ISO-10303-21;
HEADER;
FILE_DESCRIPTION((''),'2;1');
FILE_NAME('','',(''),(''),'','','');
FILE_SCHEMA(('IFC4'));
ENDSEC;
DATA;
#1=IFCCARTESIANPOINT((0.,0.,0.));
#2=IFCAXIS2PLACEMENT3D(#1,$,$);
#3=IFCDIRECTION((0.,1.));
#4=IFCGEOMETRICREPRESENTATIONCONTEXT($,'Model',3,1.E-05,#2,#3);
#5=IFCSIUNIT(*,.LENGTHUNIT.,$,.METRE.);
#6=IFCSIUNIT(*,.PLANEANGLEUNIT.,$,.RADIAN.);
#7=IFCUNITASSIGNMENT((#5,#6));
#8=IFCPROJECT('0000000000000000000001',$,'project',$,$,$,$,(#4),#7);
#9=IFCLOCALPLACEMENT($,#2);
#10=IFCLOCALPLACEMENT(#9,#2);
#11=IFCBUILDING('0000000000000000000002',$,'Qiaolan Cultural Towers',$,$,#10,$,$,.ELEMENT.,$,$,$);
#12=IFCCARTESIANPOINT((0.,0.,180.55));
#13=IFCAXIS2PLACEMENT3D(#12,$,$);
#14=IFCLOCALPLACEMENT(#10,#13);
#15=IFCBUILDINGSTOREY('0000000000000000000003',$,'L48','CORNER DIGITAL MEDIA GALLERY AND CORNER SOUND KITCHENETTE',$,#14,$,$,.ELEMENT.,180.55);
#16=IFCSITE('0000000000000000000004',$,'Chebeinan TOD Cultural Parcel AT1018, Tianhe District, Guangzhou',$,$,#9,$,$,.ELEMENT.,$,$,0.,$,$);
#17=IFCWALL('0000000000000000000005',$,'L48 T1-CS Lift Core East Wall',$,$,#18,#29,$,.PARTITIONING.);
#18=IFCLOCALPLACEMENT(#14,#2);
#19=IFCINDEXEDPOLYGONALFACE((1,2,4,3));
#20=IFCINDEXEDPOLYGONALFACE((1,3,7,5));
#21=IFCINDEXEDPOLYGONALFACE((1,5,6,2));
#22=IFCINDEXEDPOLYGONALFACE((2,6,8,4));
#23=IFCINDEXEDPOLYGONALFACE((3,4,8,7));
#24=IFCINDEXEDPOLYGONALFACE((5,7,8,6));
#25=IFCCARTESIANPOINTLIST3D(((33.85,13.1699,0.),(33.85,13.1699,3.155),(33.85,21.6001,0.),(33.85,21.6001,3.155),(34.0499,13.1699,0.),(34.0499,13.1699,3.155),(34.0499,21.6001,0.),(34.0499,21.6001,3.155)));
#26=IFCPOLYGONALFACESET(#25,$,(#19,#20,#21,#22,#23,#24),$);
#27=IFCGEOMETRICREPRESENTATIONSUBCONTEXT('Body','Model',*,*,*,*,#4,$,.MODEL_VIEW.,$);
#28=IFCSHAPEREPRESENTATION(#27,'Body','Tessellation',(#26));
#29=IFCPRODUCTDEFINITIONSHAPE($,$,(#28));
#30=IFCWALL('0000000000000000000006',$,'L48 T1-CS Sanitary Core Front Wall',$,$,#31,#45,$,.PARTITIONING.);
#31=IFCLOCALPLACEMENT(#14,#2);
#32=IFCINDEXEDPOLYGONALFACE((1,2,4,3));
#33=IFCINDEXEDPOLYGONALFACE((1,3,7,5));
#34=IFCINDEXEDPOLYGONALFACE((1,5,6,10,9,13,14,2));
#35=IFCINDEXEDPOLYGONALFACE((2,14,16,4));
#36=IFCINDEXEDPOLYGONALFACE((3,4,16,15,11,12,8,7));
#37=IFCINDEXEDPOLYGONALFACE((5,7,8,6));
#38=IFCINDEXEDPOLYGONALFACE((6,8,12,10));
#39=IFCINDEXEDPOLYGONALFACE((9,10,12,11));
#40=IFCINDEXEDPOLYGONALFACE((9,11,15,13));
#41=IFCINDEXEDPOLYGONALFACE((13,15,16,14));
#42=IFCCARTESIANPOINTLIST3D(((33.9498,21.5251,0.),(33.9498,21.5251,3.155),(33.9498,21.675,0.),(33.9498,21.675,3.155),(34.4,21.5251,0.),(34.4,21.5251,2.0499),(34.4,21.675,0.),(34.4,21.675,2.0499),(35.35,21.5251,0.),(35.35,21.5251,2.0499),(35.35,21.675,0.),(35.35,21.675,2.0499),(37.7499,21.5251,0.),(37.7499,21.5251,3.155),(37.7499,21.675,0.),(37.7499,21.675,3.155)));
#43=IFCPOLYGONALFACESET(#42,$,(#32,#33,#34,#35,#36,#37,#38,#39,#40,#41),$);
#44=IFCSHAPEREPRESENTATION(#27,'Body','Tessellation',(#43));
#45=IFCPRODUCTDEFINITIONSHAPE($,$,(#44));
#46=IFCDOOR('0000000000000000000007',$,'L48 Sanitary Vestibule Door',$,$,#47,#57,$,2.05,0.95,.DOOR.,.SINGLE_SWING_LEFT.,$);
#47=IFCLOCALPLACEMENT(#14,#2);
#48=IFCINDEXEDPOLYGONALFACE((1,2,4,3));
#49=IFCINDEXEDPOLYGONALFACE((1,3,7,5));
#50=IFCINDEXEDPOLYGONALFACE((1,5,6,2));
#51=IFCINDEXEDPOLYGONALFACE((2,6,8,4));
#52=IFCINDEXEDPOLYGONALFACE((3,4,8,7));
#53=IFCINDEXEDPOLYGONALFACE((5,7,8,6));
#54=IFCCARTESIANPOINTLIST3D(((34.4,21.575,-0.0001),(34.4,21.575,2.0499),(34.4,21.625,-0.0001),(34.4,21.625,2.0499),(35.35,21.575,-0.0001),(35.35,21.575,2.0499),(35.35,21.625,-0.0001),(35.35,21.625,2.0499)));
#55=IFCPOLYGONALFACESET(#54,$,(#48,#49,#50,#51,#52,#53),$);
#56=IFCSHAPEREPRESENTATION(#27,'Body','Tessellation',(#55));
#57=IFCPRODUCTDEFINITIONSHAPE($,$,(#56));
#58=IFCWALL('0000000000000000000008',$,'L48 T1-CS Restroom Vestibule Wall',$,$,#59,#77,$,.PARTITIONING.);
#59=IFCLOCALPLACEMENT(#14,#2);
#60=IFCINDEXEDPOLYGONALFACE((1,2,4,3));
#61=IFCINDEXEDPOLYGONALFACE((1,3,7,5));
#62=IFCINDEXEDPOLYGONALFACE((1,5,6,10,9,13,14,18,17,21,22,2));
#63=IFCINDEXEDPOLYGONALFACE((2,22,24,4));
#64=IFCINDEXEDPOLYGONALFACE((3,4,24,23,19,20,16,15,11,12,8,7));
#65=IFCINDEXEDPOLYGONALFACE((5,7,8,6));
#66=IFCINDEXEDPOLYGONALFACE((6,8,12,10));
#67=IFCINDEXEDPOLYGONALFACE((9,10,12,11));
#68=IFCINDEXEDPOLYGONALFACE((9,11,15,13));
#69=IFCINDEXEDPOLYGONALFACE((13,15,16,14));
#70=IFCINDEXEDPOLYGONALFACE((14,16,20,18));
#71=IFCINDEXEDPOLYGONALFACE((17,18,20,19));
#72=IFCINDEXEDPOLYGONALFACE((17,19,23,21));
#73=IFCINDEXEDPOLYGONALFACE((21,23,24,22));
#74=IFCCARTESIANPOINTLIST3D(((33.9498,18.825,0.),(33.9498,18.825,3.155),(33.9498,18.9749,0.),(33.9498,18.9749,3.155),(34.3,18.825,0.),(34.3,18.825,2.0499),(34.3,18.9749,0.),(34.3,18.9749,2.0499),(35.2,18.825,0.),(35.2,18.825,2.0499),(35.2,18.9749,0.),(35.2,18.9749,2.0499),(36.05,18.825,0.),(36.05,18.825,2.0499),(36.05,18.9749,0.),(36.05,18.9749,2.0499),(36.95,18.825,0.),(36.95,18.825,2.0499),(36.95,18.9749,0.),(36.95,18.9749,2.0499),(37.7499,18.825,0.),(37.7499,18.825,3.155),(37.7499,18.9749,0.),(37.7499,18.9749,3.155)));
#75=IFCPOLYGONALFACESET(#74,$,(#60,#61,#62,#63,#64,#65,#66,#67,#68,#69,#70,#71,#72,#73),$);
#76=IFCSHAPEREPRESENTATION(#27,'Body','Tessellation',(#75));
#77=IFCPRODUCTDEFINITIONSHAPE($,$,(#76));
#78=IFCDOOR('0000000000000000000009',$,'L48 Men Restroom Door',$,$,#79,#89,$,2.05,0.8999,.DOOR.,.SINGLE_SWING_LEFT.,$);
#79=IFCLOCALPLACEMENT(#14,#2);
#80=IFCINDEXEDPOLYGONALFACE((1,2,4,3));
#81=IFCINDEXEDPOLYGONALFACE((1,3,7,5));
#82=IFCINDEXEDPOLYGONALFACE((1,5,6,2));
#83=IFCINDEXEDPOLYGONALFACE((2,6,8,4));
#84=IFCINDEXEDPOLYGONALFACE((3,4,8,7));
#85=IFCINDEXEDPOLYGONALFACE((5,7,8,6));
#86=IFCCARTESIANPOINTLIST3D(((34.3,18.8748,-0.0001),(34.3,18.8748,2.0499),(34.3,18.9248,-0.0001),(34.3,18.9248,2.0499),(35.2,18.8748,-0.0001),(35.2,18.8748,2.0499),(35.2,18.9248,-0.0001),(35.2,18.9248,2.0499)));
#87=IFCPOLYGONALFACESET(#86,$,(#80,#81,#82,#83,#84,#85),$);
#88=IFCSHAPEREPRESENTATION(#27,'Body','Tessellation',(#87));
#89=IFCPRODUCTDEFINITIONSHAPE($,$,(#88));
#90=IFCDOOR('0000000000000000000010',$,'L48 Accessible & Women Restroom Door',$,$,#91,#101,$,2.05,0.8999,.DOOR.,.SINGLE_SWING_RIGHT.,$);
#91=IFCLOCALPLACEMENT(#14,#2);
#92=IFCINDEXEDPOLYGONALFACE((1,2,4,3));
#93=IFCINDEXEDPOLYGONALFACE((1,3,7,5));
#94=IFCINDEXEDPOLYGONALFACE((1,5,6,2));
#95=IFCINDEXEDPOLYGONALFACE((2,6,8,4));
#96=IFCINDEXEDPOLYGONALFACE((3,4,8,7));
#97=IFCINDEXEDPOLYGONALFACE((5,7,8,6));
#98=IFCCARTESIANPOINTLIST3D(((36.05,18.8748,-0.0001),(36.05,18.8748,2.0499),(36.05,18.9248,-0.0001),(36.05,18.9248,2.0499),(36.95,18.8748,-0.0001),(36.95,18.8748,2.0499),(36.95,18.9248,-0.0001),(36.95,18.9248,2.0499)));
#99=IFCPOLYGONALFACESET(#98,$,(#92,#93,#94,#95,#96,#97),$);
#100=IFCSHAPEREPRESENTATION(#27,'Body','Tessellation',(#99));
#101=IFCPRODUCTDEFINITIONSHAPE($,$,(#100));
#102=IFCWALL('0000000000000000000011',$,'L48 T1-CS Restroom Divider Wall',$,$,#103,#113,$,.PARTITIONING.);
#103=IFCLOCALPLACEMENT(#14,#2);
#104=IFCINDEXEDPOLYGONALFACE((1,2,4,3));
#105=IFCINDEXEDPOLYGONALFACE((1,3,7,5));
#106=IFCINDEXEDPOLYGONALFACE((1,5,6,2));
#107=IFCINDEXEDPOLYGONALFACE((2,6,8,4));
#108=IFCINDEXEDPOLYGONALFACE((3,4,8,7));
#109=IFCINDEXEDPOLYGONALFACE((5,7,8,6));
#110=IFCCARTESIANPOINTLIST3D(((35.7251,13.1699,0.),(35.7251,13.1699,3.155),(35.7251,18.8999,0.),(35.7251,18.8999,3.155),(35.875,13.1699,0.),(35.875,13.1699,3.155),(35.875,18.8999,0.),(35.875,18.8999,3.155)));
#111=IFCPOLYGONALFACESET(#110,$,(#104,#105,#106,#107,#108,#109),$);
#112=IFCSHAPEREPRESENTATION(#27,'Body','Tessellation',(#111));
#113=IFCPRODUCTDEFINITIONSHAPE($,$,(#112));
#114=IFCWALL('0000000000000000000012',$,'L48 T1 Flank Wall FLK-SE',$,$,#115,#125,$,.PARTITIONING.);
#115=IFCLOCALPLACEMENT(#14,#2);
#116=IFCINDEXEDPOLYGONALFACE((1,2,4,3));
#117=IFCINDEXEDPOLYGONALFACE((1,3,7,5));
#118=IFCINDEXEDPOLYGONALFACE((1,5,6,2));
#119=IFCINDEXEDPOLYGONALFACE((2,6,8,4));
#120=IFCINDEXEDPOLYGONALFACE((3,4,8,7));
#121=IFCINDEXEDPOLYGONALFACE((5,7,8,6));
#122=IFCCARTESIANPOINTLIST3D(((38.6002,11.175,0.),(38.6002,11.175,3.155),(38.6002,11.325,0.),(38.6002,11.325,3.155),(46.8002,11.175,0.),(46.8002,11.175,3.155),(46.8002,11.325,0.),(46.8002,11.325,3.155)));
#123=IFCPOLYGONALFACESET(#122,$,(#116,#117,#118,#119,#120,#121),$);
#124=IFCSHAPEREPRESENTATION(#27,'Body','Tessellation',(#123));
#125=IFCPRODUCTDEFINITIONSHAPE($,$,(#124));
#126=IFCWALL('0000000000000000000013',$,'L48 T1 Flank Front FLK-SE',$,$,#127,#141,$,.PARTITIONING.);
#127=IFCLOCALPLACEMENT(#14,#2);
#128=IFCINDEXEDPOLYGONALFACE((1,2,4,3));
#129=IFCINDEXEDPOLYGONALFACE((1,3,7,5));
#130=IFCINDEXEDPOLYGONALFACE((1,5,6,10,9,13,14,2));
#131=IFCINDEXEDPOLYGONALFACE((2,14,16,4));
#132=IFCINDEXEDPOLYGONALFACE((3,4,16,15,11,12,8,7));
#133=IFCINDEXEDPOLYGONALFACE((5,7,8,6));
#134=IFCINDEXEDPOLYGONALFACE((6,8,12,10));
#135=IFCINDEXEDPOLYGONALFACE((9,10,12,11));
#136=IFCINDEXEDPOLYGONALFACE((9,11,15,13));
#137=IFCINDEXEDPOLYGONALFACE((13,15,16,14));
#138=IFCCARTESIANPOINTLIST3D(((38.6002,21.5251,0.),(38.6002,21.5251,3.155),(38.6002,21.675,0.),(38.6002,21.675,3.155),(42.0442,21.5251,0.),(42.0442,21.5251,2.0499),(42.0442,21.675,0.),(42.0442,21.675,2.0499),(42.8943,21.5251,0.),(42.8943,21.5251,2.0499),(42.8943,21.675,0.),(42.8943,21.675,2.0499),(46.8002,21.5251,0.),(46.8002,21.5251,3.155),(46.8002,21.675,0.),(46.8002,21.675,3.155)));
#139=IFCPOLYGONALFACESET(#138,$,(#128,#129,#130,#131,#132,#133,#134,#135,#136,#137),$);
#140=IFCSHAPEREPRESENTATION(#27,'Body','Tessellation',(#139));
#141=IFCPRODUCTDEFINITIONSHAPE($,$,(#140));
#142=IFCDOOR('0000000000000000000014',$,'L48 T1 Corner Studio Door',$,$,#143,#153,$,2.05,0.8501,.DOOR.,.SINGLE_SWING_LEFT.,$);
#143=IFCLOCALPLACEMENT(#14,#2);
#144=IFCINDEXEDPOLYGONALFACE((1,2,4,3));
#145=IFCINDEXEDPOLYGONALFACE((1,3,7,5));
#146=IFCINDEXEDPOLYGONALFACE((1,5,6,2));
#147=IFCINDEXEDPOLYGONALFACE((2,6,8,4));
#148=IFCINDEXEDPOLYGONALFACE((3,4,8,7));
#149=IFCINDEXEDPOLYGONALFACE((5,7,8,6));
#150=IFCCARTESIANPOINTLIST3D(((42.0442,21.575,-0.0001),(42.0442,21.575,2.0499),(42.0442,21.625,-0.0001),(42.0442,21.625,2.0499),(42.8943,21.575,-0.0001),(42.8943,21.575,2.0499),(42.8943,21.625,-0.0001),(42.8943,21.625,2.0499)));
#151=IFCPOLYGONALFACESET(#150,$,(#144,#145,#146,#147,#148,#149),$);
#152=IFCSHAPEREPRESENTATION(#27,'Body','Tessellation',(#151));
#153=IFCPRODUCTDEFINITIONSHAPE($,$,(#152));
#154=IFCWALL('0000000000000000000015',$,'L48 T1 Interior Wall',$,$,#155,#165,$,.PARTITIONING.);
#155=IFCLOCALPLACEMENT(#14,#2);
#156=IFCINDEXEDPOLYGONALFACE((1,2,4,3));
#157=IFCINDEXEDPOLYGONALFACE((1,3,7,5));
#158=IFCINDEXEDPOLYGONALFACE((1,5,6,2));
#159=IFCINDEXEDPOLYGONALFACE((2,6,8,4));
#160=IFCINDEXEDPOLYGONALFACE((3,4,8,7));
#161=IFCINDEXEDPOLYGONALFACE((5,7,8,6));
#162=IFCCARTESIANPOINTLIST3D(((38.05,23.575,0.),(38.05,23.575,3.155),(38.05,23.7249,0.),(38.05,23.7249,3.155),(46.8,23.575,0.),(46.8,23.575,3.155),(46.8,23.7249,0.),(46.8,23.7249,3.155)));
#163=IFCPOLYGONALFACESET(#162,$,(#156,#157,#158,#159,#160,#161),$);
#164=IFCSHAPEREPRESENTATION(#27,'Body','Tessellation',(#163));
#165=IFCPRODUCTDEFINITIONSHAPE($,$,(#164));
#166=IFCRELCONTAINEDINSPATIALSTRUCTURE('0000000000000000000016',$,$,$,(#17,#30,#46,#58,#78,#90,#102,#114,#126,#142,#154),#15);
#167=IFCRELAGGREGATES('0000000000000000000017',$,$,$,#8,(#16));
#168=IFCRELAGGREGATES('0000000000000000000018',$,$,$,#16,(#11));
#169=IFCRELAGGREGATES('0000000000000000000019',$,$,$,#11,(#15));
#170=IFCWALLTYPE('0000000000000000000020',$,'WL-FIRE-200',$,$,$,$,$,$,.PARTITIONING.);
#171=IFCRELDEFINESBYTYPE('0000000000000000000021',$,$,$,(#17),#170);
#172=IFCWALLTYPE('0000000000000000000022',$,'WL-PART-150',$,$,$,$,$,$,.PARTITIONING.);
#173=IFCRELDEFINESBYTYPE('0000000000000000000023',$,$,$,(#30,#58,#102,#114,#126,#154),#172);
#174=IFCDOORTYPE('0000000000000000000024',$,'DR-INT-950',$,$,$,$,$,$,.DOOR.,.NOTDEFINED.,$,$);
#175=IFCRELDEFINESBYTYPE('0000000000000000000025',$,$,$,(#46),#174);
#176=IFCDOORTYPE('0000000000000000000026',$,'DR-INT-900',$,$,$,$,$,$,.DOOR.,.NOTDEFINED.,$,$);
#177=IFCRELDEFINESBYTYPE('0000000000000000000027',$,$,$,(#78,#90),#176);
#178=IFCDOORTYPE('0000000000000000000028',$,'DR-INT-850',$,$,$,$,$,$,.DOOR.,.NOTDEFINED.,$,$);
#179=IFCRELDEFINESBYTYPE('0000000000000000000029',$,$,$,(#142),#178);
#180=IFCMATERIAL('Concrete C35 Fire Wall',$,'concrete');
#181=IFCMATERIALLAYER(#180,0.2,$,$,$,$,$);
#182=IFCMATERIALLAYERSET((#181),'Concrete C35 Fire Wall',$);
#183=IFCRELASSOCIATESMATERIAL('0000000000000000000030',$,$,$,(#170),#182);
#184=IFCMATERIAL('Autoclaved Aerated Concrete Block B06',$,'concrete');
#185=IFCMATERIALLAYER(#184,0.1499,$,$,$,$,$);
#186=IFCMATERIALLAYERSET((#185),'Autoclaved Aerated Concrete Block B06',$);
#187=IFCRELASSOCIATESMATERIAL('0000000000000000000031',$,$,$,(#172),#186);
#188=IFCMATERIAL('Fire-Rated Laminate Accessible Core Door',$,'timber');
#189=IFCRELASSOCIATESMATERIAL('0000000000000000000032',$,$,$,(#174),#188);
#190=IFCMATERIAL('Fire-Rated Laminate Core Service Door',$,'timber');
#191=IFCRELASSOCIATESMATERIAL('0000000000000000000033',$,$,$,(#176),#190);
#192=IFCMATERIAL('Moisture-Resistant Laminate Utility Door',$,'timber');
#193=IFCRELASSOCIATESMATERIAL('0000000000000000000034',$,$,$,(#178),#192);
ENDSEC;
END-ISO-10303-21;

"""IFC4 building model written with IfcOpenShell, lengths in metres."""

from ifc_helpers import new_model, si_unit, direction, frame, frame_2d, origin, place, context, subcontext, project, spatial, rectangle, extrude, material, layer, layer_set, type_object, element, fill, save


model = new_model("IFC4")

# Units and contexts
model_context = context("Model", 3, precision=1e-05, world=origin(), true_north=direction((0.0, 1.0)))
body_context = subcontext(model_context, "Body", "Model", "MODEL_VIEW")
ifc_project = project(units=[si_unit("LENGTHUNIT", "METRE"), si_unit("PLANEANGLEUNIT", "RADIAN")], contexts=[model_context])

# Site, building, storey
site_placement = place(None, origin())
site = spatial("IfcSite", under=ifc_project, at=site_placement, Name="Chebeinan TOD Cultural Parcel AT1018, Tianhe District, Guangzhou", CompositionType="ELEMENT", RefElevation=0.0)
building_placement = place(site_placement, origin())
building = spatial("IfcBuilding", under=site, at=building_placement, Name="Qiaolan Cultural Towers", CompositionType="ELEMENT")
storey_placement = place(building_placement, frame((0.0, 0.0, 180.55)))
storey = spatial("IfcBuildingStorey", under=building, at=storey_placement, Name="L48", Description="CORNER DIGITAL MEDIA GALLERY AND CORNER SOUND KITCHENETTE", CompositionType="ELEMENT", Elevation=180.55)

# Wall
ifc_material_1 = material(Name="Concrete C35 Fire Wall", Category="concrete")
ifc_layer_1 = layer(ifc_material_1, 0.2)
ifc_layer_set_1 = layer_set([ifc_layer_1], Name="Concrete C35 Fire Wall")
wall_type_1 = type_object("IfcWallType", Name="WL-FIRE-200", PredefinedType="PARTITIONING", material=ifc_layer_set_1)
wall_1_placement = place(storey_placement, frame((33.95, 21.6001, 0.0), z_axis=(0.0, 0.0, 1.0), x_axis=(0.0, -1.0, 0.0)))
element("IfcWall", 1, at=wall_1_placement, inside=storey, type_object=wall_type_1, Name="L48 T1-CS Lift Core East Wall", PredefinedType="PARTITIONING", context=body_context, shape_type="SweptSolid", body=[
    extrude(rectangle(XDim=8.4302, YDim=0.2, at=frame_2d((4.2151, 0.0))), origin(), (0.0, 0.0, 1.0), 3.155),
])

# Wall, opening, door
ifc_material_2 = material(Name="Autoclaved Aerated Concrete Block B06", Category="concrete")
ifc_layer_2 = layer(ifc_material_2, 0.1499)
ifc_layer_set_2 = layer_set([ifc_layer_2], Name="Autoclaved Aerated Concrete Block B06")
wall_type_2 = type_object("IfcWallType", Name="WL-PART-150", PredefinedType="PARTITIONING", material=ifc_layer_set_2)
wall_2_placement = place(storey_placement, frame((33.95, 21.6001, 0.0), z_axis=(0.0, 0.0, 1.0), x_axis=(1.0, 0.0, 0.0)))
wall_2 = element("IfcWall", 2, at=wall_2_placement, inside=storey, type_object=wall_type_2, Name="L48 T1-CS Sanitary Core Front Wall", PredefinedType="PARTITIONING", context=body_context, shape_type="SweptSolid", body=[
    extrude(rectangle(XDim=3.8, YDim=0.1499, at=frame_2d((1.8999, 0.0))), origin(), (0.0, 0.0, 1.0), 3.155),
])
opening_1_placement = place(wall_2_placement, frame((0.45, 0.0, 0.0)))
opening_1 = element("IfcOpeningElement", 3, at=opening_1_placement, cuts=wall_2, PredefinedType="OPENING", context=body_context, shape_type="SweptSolid", body=[
    extrude(rectangle(XDim=0.95, YDim=2.05, at=frame_2d((0.4751, 1.0249))), frame((0.0, 0.085, 0.0), z_axis=(0.0, -1.0, 0.0), x_axis=(1.0, 0.0, 0.0)), (0.0, 0.0, 1.0), 0.1699),
])
ifc_material_3 = material(Name="Fire-Rated Laminate Accessible Core Door", Category="timber")
door_type_1 = type_object("IfcDoorType", Name="DR-INT-950", OperationType="NOTDEFINED", PredefinedType="DOOR", material=ifc_material_3)
door_1_placement = place(opening_1_placement, origin())
door_1 = element("IfcDoor", 4, at=door_1_placement, inside=storey, type_object=door_type_1, Name="L48 Sanitary Vestibule Door", OperationType="SINGLE_SWING_LEFT", OverallHeight=2.05, OverallWidth=0.95, PredefinedType="DOOR", context=body_context, shape_type="SweptSolid", body=[
    extrude(rectangle(XDim=0.95, YDim=2.05, at=frame_2d((0.4751, 1.0249))), frame((0.0, 0.0249, 0.0), z_axis=(0.0, -1.0, 0.0), x_axis=(1.0, 0.0, 0.0)), (0.0, 0.0, 1.0), 0.05),
])
fill(opening_1, door_1)

# Wall, openings, doors
wall_3_placement = place(storey_placement, frame((33.95, 18.8999, 0.0), z_axis=(0.0, 0.0, 1.0), x_axis=(1.0, 0.0, 0.0)))
wall_3 = element("IfcWall", 5, at=wall_3_placement, inside=storey, type_object=wall_type_2, Name="L48 T1-CS Restroom Vestibule Wall", PredefinedType="PARTITIONING", context=body_context, shape_type="SweptSolid", body=[
    extrude(rectangle(XDim=3.8, YDim=0.1499, at=frame_2d((1.8999, 0.0))), origin(), (0.0, 0.0, 1.0), 3.155),
])
opening_2_placement = place(wall_3_placement, frame((0.3501, 0.0, 0.0)))
opening_2 = element("IfcOpeningElement", 6, at=opening_2_placement, cuts=wall_3, PredefinedType="OPENING", context=body_context, shape_type="SweptSolid", body=[
    extrude(rectangle(XDim=0.8999, YDim=2.05, at=frame_2d((0.45, 1.0249))), frame((0.0, 0.085, 0.0), z_axis=(0.0, -1.0, 0.0), x_axis=(1.0, 0.0, 0.0)), (0.0, 0.0, 1.0), 0.1699),
])
opening_3_placement = place(wall_3_placement, frame((2.1001, 0.0, 0.0)))
opening_3 = element("IfcOpeningElement", 7, at=opening_3_placement, cuts=wall_3, PredefinedType="OPENING", context=body_context, shape_type="SweptSolid", body=[
    extrude(rectangle(XDim=0.8999, YDim=2.05, at=frame_2d((0.45, 1.0249))), frame((0.0, 0.085, 0.0), z_axis=(0.0, -1.0, 0.0), x_axis=(1.0, 0.0, 0.0)), (0.0, 0.0, 1.0), 0.1699),
])
ifc_material_4 = material(Name="Fire-Rated Laminate Core Service Door", Category="timber")
door_type_2 = type_object("IfcDoorType", Name="DR-INT-900", OperationType="NOTDEFINED", PredefinedType="DOOR", material=ifc_material_4)
door_2_placement = place(opening_2_placement, origin())
door_2 = element("IfcDoor", 8, at=door_2_placement, inside=storey, type_object=door_type_2, Name="L48 Men Restroom Door", OperationType="SINGLE_SWING_LEFT", OverallHeight=2.05, OverallWidth=0.8999, PredefinedType="DOOR", context=body_context, shape_type="SweptSolid", body=[
    extrude(rectangle(XDim=0.8999, YDim=2.05, at=frame_2d((0.45, 1.0249))), frame((0.0, 0.0249, 0.0), z_axis=(0.0, -1.0, 0.0), x_axis=(1.0, 0.0, 0.0)), (0.0, 0.0, 1.0), 0.05),
])
fill(opening_2, door_2)
door_3_placement = place(opening_3_placement, origin())
door_3 = element("IfcDoor", 9, at=door_3_placement, inside=storey, type_object=door_type_2, Name="L48 Accessible & Women Restroom Door", OperationType="SINGLE_SWING_RIGHT", OverallHeight=2.05, OverallWidth=0.8999, PredefinedType="DOOR", context=body_context, shape_type="SweptSolid", body=[
    extrude(rectangle(XDim=0.8999, YDim=2.05, at=frame_2d((0.45, 1.0249))), frame((0.0, 0.0249, 0.0), z_axis=(0.0, -1.0, 0.0), x_axis=(1.0, 0.0, 0.0)), (0.0, 0.0, 1.0), 0.05),
])
fill(opening_3, door_3)

# Walls
wall_4_placement = place(storey_placement, frame((35.8, 18.8999, 0.0), z_axis=(0.0, 0.0, 1.0), x_axis=(0.0, -1.0, 0.0)))
element("IfcWall", 10, at=wall_4_placement, inside=storey, type_object=wall_type_2, Name="L48 T1-CS Restroom Divider Wall", PredefinedType="PARTITIONING", context=body_context, shape_type="SweptSolid", body=[
    extrude(rectangle(XDim=5.73, YDim=0.1499, at=frame_2d((2.865, 0.0))), origin(), (0.0, 0.0, 1.0), 3.155),
])
wall_5_placement = place(storey_placement, frame((38.6001, 11.25, 0.0), z_axis=(0.0, 0.0, 1.0), x_axis=(1.0, 0.0, 0.0)))
element("IfcWall", 11, at=wall_5_placement, inside=storey, type_object=wall_type_2, Name="L48 T1 Flank Wall FLK-SE", PredefinedType="PARTITIONING", context=body_context, shape_type="SweptSolid", body=[
    extrude(rectangle(XDim=8.2, YDim=0.1499, at=frame_2d((4.1001, 0.0))), origin(), (0.0, 0.0, 1.0), 3.155),
])

# Wall, opening, door
wall_6_placement = place(storey_placement, frame((38.6001, 21.6001, 0.0), z_axis=(0.0, 0.0, 1.0), x_axis=(1.0, 0.0, 0.0)))
wall_6 = element("IfcWall", 12, at=wall_6_placement, inside=storey, type_object=wall_type_2, Name="L48 T1 Flank Front FLK-SE", PredefinedType="PARTITIONING", context=body_context, shape_type="SweptSolid", body=[
    extrude(rectangle(XDim=8.2, YDim=0.1499, at=frame_2d((4.1001, 0.0))), origin(), (0.0, 0.0, 1.0), 3.155),
])
opening_4_placement = place(wall_6_placement, frame((3.4441, 0.0, 0.0)))
opening_4 = element("IfcOpeningElement", 13, at=opening_4_placement, cuts=wall_6, PredefinedType="OPENING", context=body_context, shape_type="SweptSolid", body=[
    extrude(rectangle(XDim=0.8501, YDim=2.05, at=frame_2d((0.425, 1.0249))), frame((0.0, 0.085, 0.0), z_axis=(0.0, -1.0, 0.0), x_axis=(1.0, 0.0, 0.0)), (0.0, 0.0, 1.0), 0.1699),
])
ifc_material_5 = material(Name="Moisture-Resistant Laminate Utility Door", Category="timber")
door_type_3 = type_object("IfcDoorType", Name="DR-INT-850", OperationType="NOTDEFINED", PredefinedType="DOOR", material=ifc_material_5)
door_4_placement = place(opening_4_placement, origin())
door_4 = element("IfcDoor", 14, at=door_4_placement, inside=storey, type_object=door_type_3, Name="L48 T1 Corner Studio Door", OperationType="SINGLE_SWING_LEFT", OverallHeight=2.05, OverallWidth=0.8501, PredefinedType="DOOR", context=body_context, shape_type="SweptSolid", body=[
    extrude(rectangle(XDim=0.8501, YDim=2.05, at=frame_2d((0.425, 1.0249))), frame((0.0, 0.0249, 0.0), z_axis=(0.0, -1.0, 0.0), x_axis=(1.0, 0.0, 0.0)), (0.0, 0.0, 1.0), 0.05),
])
fill(opening_4, door_4)

# Wall
wall_7_placement = place(storey_placement, frame((38.05, 23.6499, 0.0), z_axis=(0.0, 0.0, 1.0), x_axis=(1.0, 0.0, 0.0)))
element("IfcWall", 15, at=wall_7_placement, inside=storey, type_object=wall_type_2, Name="L48 T1 Interior Wall", PredefinedType="PARTITIONING", context=body_context, shape_type="SweptSolid", body=[
    extrude(rectangle(XDim=8.75, YDim=0.1499, at=frame_2d((4.375, 0.0))), origin(), (0.0, 0.0, 1.0), 3.155),
])

save(model, "model.ifc")
